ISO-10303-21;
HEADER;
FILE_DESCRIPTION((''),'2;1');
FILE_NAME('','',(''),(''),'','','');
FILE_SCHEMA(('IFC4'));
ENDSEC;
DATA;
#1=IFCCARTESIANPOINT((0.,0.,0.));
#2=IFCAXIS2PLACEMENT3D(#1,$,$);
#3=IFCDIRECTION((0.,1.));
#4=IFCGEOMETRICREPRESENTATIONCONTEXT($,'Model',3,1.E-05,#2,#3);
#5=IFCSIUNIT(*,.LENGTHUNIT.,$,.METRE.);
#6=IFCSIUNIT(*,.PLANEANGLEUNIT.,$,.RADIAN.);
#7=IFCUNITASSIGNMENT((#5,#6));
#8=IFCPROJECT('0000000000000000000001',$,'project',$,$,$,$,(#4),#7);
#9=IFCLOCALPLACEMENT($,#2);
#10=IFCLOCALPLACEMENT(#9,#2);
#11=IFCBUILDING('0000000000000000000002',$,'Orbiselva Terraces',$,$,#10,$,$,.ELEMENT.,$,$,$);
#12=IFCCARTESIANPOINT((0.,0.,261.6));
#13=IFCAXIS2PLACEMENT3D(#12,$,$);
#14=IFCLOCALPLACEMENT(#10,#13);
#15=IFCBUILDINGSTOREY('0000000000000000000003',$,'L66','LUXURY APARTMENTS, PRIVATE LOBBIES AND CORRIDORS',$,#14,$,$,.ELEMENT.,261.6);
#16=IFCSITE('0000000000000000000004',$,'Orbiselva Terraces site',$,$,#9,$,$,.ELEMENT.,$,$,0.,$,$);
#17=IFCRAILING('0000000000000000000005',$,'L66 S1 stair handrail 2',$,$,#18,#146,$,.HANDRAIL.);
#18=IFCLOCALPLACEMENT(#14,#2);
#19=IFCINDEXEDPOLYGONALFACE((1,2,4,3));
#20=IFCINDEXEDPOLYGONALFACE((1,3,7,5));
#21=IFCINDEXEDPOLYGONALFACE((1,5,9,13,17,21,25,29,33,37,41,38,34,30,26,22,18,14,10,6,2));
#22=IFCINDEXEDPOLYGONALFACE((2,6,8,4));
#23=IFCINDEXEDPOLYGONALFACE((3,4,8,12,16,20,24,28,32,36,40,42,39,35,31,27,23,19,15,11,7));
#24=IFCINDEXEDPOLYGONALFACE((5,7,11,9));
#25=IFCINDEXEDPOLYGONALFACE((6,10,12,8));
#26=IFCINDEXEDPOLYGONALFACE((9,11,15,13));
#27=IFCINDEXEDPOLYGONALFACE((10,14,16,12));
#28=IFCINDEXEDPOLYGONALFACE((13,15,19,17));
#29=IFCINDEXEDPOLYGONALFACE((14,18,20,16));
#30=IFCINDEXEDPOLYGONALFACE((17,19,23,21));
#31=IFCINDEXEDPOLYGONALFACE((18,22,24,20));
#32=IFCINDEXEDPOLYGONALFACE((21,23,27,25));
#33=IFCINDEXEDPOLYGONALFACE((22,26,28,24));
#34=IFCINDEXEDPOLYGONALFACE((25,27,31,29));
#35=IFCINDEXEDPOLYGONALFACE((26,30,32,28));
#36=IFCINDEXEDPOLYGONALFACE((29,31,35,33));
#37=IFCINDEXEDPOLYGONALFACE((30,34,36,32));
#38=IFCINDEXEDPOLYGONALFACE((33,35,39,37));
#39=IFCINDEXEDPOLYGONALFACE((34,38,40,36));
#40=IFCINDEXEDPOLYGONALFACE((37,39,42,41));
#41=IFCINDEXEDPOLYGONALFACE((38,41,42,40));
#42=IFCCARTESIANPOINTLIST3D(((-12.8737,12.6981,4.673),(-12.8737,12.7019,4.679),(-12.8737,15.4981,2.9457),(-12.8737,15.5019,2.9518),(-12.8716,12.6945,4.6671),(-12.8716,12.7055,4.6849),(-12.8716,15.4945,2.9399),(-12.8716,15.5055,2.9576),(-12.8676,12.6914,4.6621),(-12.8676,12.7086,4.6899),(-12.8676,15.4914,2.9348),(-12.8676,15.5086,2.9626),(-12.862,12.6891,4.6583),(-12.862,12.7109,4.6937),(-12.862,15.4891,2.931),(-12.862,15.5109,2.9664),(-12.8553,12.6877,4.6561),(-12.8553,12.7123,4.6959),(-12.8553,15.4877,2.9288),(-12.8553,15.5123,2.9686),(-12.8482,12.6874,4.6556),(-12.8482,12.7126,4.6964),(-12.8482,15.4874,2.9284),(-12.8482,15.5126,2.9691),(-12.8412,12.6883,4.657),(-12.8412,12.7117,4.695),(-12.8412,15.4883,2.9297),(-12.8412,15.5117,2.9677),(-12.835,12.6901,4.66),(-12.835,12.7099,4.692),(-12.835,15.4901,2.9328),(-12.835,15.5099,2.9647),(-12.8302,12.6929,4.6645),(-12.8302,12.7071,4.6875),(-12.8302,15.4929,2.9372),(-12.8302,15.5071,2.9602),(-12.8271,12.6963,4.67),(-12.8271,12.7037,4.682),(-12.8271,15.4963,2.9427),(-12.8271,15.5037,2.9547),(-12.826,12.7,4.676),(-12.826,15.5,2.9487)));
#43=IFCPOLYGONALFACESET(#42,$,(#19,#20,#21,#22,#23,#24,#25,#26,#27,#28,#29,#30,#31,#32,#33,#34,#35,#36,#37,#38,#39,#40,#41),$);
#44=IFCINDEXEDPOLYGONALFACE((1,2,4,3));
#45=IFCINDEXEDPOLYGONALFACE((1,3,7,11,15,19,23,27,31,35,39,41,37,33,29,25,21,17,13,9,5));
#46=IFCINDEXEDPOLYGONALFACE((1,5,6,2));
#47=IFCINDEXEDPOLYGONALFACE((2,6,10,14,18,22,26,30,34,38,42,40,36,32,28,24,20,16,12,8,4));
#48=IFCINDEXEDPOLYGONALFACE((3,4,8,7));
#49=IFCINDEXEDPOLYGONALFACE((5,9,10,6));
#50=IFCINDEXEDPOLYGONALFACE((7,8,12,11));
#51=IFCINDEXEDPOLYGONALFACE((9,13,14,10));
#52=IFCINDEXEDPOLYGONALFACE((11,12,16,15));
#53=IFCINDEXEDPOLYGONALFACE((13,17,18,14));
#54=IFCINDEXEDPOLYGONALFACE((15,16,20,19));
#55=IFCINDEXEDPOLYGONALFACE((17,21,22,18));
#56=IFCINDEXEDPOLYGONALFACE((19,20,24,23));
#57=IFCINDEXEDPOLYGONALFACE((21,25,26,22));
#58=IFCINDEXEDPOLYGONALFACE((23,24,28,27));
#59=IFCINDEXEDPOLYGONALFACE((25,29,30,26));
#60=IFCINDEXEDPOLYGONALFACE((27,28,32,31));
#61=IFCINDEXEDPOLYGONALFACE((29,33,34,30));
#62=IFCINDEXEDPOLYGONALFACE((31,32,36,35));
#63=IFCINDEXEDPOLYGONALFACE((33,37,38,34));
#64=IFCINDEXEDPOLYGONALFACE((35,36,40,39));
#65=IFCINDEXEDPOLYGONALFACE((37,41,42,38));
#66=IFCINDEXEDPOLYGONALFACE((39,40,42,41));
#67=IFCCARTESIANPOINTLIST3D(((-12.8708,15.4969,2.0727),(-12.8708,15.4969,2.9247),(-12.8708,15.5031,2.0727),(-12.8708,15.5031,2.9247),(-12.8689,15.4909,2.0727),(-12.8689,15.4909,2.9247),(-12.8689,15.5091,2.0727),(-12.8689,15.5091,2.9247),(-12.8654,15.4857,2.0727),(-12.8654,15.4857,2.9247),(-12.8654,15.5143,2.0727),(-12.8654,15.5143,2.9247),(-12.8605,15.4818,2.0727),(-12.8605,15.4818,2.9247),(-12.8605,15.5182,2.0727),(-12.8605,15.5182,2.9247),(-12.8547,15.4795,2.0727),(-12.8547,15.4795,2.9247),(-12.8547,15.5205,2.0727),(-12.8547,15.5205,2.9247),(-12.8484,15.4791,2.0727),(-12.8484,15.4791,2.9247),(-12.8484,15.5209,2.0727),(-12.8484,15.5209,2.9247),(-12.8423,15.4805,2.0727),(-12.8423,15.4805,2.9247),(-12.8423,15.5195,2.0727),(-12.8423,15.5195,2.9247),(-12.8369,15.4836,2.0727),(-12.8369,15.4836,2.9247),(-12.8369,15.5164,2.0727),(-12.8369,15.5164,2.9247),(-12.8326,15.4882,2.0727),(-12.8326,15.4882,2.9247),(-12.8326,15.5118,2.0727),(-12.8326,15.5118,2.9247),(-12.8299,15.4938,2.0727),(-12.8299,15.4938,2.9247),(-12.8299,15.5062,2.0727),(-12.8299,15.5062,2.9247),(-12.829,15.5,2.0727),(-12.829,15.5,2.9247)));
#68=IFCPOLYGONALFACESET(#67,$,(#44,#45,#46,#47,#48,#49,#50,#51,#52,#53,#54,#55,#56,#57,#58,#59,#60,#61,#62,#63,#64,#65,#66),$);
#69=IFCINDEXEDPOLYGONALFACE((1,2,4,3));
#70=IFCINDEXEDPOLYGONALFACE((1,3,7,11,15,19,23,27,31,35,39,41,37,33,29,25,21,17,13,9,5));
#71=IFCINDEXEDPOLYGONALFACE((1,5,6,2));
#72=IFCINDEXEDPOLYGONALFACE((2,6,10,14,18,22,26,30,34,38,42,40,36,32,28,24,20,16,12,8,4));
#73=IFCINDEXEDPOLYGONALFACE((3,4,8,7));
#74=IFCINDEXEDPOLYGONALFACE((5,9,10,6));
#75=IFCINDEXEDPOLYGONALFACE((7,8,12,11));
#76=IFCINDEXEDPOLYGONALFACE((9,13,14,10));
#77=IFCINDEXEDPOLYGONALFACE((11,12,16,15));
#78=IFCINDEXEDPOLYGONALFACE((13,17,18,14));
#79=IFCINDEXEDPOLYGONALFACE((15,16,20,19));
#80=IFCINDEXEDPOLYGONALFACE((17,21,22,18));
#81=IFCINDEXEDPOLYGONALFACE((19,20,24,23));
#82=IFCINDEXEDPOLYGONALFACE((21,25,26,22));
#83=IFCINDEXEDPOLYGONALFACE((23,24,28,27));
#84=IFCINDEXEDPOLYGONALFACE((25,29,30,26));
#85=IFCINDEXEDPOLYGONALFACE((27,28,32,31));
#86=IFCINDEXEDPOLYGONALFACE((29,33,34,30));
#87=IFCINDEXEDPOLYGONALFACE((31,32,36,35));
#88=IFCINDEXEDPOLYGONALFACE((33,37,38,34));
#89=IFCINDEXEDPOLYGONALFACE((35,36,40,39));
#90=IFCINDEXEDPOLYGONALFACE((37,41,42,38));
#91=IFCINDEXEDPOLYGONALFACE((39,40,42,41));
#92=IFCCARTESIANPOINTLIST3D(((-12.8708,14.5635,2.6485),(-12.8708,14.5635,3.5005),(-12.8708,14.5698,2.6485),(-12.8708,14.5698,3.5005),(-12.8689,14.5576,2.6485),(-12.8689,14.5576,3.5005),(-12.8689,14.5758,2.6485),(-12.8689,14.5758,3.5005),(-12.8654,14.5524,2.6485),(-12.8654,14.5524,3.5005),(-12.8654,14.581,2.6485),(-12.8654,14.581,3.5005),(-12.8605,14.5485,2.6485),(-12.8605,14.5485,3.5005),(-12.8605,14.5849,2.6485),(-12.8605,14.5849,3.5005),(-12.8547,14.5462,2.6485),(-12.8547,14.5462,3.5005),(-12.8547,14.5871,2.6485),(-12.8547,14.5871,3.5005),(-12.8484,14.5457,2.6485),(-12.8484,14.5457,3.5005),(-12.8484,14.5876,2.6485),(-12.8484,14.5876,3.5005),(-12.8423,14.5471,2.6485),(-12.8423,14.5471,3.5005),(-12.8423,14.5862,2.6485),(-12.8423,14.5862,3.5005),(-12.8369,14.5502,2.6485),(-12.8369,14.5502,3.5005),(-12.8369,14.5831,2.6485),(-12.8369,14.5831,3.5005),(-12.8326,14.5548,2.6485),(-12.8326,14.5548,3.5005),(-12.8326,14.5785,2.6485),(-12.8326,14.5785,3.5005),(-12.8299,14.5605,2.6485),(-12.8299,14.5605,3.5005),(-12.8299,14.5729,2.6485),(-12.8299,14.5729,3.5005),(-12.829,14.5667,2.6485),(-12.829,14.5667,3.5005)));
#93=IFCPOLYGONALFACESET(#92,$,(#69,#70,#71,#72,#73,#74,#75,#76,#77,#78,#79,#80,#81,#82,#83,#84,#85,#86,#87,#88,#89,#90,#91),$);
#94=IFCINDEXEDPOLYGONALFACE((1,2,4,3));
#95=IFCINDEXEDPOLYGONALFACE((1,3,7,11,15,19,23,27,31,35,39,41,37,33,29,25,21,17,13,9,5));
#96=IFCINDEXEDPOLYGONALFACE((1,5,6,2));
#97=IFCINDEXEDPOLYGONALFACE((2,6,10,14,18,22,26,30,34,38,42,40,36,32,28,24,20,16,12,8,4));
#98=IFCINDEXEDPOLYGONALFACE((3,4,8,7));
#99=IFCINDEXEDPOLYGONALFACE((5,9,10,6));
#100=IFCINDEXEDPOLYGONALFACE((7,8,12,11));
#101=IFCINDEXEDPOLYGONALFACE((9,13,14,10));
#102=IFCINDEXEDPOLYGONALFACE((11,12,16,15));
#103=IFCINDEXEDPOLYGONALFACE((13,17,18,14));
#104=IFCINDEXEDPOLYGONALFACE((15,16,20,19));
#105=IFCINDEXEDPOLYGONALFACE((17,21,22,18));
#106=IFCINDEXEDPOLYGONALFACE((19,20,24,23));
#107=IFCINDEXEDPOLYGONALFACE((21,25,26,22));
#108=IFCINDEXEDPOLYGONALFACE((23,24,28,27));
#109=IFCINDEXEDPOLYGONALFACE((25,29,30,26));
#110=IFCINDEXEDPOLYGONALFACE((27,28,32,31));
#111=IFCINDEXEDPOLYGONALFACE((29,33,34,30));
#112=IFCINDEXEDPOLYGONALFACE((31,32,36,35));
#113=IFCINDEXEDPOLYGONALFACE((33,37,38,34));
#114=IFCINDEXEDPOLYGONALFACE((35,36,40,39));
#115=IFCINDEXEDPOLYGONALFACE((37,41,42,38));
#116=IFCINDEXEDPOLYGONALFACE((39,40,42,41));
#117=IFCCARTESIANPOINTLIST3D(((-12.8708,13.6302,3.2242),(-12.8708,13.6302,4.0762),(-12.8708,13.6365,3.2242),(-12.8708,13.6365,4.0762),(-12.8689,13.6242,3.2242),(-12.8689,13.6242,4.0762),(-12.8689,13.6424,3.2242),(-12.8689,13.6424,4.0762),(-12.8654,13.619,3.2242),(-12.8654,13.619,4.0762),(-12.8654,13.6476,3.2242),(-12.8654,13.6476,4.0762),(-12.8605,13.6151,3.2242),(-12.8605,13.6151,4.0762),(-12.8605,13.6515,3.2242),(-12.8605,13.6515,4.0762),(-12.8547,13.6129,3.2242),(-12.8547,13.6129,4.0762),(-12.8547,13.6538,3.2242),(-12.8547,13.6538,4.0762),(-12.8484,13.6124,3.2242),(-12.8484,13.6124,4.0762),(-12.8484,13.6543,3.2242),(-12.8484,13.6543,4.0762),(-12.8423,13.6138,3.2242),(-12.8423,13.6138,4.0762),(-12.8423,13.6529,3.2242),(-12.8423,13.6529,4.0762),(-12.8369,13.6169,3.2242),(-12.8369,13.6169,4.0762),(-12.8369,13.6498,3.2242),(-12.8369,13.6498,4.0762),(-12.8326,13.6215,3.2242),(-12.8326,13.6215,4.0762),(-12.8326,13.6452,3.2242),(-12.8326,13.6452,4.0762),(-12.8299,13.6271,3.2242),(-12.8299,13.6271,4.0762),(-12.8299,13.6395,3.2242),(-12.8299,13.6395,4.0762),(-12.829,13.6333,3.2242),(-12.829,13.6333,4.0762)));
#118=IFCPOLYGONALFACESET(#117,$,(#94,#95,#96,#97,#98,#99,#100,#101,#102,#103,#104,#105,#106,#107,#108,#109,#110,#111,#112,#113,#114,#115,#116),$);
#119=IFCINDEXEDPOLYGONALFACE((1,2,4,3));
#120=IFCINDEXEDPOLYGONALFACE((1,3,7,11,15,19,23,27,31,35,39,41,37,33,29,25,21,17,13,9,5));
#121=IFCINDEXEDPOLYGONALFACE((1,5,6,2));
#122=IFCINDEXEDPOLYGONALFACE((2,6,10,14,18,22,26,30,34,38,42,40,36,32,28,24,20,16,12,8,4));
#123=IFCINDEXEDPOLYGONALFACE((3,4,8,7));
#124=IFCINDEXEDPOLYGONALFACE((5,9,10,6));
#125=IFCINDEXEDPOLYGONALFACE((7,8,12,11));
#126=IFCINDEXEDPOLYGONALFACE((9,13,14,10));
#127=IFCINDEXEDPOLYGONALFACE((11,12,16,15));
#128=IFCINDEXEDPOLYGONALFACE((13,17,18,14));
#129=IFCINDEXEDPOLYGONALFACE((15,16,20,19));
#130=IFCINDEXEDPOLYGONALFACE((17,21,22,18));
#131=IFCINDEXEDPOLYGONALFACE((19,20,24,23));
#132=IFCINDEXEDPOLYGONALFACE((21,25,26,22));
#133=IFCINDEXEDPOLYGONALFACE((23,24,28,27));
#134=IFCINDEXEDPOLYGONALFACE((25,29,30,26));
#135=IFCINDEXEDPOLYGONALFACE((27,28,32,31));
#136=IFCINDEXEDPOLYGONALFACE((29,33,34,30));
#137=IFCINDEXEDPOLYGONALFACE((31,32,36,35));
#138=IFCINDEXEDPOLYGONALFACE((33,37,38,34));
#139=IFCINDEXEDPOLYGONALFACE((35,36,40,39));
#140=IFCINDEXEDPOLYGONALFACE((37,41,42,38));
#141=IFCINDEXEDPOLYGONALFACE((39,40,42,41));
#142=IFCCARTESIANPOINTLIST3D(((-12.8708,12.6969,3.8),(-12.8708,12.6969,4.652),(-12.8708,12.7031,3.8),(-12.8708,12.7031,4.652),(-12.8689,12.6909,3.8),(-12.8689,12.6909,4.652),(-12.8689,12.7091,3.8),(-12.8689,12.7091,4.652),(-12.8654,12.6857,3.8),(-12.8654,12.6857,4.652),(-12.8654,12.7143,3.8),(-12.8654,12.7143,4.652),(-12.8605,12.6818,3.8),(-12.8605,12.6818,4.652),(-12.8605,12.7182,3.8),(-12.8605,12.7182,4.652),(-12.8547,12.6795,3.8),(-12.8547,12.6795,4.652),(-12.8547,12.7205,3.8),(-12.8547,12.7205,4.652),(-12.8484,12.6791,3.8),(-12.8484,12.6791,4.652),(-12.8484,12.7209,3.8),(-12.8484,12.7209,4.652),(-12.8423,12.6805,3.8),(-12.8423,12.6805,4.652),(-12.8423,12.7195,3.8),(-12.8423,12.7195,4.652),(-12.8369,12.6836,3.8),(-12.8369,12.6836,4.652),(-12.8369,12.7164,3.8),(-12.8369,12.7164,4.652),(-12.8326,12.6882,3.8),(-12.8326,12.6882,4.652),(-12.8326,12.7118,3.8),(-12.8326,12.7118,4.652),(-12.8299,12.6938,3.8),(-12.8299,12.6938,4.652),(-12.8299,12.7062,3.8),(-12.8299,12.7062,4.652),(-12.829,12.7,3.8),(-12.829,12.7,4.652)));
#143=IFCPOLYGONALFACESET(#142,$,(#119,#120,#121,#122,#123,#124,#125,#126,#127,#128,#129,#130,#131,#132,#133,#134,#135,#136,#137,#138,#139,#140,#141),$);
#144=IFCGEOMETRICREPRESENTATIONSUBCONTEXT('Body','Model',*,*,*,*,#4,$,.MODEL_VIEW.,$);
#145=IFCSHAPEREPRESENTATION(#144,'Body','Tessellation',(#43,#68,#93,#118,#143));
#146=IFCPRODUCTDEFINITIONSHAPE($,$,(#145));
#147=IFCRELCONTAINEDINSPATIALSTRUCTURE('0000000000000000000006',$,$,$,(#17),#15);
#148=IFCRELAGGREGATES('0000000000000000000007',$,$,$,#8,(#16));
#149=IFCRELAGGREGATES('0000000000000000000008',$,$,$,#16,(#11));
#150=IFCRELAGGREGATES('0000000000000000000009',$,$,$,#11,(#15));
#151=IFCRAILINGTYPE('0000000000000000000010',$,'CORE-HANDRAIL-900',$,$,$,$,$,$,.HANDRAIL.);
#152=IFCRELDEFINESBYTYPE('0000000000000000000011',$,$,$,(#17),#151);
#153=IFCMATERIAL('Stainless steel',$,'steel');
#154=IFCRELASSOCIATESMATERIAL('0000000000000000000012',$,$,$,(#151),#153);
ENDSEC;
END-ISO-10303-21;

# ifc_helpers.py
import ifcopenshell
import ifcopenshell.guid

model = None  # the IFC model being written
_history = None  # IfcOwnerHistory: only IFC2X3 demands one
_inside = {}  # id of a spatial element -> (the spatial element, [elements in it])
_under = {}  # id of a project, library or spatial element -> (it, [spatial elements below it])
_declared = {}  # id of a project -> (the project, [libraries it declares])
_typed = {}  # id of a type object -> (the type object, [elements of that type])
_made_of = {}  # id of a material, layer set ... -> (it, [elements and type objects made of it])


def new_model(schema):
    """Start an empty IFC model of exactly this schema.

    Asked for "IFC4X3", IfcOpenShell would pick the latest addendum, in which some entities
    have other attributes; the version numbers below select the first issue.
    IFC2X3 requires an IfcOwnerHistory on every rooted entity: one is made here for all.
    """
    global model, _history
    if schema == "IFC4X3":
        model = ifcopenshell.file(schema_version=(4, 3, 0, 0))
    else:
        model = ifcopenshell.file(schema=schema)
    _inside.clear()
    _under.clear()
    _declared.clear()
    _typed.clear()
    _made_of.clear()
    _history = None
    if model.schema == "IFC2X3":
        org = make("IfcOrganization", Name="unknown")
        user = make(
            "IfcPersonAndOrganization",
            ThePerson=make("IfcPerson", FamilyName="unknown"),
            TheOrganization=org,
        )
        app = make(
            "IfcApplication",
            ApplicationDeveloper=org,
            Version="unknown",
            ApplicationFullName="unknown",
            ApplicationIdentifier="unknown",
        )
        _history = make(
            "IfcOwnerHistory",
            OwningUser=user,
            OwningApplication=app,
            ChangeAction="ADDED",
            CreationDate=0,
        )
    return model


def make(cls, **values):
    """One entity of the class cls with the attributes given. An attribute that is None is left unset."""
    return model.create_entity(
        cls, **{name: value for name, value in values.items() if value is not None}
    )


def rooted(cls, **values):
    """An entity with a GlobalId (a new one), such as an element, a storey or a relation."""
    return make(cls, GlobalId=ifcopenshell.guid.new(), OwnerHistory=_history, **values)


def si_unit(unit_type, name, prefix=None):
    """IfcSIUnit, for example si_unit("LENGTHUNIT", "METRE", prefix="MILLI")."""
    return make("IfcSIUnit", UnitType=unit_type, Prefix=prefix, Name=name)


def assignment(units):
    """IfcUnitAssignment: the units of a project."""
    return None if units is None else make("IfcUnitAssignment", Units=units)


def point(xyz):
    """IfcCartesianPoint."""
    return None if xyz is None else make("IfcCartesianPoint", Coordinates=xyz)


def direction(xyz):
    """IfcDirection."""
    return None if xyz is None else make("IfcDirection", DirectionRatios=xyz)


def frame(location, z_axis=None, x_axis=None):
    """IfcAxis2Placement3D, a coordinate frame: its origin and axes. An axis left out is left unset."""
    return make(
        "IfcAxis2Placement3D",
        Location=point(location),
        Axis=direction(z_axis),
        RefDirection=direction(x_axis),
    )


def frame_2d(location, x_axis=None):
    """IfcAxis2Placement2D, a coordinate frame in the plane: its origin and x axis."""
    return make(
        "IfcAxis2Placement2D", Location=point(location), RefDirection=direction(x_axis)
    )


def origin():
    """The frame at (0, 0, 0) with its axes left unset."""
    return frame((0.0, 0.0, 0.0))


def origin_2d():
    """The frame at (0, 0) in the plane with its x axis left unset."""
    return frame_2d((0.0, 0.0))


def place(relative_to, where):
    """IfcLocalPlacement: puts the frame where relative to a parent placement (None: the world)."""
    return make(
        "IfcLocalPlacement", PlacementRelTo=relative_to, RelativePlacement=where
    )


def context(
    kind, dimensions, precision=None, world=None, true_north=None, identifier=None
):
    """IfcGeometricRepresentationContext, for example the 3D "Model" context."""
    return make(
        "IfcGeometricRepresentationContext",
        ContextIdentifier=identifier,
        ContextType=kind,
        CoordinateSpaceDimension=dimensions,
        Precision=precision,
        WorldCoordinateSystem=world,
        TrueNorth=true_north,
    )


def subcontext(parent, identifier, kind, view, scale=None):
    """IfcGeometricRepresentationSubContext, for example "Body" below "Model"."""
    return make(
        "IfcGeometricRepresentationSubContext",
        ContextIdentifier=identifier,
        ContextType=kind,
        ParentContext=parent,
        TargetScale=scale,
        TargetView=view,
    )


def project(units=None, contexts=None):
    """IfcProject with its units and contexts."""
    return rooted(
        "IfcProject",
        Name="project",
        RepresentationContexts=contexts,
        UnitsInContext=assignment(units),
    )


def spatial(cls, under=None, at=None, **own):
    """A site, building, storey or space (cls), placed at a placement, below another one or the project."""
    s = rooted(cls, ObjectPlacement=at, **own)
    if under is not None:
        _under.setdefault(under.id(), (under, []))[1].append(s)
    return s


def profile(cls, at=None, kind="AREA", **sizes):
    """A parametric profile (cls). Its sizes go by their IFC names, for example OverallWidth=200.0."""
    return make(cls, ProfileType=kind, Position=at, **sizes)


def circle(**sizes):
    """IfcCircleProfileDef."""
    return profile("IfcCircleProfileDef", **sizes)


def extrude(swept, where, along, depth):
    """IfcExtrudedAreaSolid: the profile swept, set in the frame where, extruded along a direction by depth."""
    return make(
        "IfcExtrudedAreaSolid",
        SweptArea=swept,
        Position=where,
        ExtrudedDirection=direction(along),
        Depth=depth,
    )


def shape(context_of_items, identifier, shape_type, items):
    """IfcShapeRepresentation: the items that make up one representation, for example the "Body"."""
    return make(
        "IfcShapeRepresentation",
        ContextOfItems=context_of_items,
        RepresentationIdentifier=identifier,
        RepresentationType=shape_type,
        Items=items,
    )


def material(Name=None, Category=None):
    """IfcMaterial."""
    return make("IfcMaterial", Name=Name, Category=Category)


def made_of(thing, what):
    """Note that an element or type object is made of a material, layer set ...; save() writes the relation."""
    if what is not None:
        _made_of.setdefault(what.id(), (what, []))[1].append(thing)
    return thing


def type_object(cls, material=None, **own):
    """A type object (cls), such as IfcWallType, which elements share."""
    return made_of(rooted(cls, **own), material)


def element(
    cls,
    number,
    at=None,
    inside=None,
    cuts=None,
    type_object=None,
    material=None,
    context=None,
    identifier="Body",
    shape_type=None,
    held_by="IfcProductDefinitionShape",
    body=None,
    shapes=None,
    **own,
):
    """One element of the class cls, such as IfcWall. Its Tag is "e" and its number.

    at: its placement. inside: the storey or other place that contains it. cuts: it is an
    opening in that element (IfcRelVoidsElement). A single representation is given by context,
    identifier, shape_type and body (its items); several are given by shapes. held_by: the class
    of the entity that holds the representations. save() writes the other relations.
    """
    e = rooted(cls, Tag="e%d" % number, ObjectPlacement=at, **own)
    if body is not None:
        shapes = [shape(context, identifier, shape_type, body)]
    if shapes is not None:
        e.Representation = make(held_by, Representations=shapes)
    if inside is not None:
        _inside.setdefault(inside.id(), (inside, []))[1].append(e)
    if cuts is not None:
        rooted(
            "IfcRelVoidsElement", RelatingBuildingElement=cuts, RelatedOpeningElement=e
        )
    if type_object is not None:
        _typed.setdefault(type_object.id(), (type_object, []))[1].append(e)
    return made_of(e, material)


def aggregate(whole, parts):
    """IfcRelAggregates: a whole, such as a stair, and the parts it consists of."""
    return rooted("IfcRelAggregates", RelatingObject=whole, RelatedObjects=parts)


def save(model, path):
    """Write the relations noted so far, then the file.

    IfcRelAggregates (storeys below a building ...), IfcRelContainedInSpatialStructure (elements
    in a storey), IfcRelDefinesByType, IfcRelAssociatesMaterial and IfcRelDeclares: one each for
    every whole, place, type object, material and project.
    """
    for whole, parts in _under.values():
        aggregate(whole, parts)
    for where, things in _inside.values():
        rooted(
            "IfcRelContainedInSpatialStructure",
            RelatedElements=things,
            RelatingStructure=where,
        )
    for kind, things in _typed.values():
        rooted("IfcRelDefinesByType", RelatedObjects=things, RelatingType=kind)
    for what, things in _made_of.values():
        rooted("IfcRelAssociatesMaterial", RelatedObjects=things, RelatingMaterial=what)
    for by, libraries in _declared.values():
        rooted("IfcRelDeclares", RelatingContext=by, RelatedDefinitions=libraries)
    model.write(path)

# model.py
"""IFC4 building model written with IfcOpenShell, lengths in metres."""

from ifc_helpers import new_model, si_unit, direction, frame, origin, origin_2d, place, context, subcontext, project, spatial, circle, extrude, material, type_object, element, save


model = new_model("IFC4")

# Units and contexts
model_context = context("Model", 3, precision=1e-05, world=origin(), true_north=direction((0.0, 1.0)))
body_context = subcontext(model_context, "Body", "Model", "MODEL_VIEW")
ifc_project = project(units=[si_unit("LENGTHUNIT", "METRE"), si_unit("PLANEANGLEUNIT", "RADIAN")], contexts=[model_context])

# Site, building, storey
site_placement = place(None, origin())
site = spatial("IfcSite", under=ifc_project, at=site_placement, Name="Orbiselva Terraces site", CompositionType="ELEMENT", RefElevation=0.0)
building_placement = place(site_placement, origin())
building = spatial("IfcBuilding", under=site, at=building_placement, Name="Orbiselva Terraces", CompositionType="ELEMENT")
storey_placement = place(building_placement, frame((0.0, 0.0, 261.6)))
storey = spatial("IfcBuildingStorey", under=building, at=storey_placement, Name="L66", Description="LUXURY APARTMENTS, PRIVATE LOBBIES AND CORRIDORS", CompositionType="ELEMENT", Elevation=261.6)

# Railing
ifc_material_1 = material(Name="Stainless steel", Category="steel")
railing_type_1 = type_object("IfcRailingType", Name="CORE-HANDRAIL-900", PredefinedType="HANDRAIL", material=ifc_material_1)
railing_1_placement = place(storey_placement, frame((-12.85, 15.5, 2.0727)))
element("IfcRailing", 1, at=railing_1_placement, inside=storey, type_object=railing_type_1, Name="L66 S1 stair handrail 2", PredefinedType="HANDRAIL", context=body_context, shape_type="SweptSolid", body=[
    extrude(circle(Radius=0.024, at=origin_2d()), frame((0.0, 0.0, 0.876), z_axis=(0.0, -0.851089, 0.525022), x_axis=(1.0, 0.0, 0.0)), (0.0, 0.0, 1.0), 3.2899),
    extrude(circle(Radius=0.021, at=origin_2d()), origin(), (0.0, 0.0, 1.0), 0.852),
    extrude(circle(Radius=0.021, at=origin_2d()), frame((0.0, -0.9333, 0.5758)), (0.0, 0.0, 1.0), 0.852),
    extrude(circle(Radius=0.021, at=origin_2d()), frame((0.0, -1.8667, 1.1515)), (0.0, 0.0, 1.0), 0.852),
    extrude(circle(Radius=0.021, at=origin_2d()), frame((0.0, -2.8, 1.7273)), (0.0, 0.0, 1.0), 0.852),
])

save(model, "model.ifc")
